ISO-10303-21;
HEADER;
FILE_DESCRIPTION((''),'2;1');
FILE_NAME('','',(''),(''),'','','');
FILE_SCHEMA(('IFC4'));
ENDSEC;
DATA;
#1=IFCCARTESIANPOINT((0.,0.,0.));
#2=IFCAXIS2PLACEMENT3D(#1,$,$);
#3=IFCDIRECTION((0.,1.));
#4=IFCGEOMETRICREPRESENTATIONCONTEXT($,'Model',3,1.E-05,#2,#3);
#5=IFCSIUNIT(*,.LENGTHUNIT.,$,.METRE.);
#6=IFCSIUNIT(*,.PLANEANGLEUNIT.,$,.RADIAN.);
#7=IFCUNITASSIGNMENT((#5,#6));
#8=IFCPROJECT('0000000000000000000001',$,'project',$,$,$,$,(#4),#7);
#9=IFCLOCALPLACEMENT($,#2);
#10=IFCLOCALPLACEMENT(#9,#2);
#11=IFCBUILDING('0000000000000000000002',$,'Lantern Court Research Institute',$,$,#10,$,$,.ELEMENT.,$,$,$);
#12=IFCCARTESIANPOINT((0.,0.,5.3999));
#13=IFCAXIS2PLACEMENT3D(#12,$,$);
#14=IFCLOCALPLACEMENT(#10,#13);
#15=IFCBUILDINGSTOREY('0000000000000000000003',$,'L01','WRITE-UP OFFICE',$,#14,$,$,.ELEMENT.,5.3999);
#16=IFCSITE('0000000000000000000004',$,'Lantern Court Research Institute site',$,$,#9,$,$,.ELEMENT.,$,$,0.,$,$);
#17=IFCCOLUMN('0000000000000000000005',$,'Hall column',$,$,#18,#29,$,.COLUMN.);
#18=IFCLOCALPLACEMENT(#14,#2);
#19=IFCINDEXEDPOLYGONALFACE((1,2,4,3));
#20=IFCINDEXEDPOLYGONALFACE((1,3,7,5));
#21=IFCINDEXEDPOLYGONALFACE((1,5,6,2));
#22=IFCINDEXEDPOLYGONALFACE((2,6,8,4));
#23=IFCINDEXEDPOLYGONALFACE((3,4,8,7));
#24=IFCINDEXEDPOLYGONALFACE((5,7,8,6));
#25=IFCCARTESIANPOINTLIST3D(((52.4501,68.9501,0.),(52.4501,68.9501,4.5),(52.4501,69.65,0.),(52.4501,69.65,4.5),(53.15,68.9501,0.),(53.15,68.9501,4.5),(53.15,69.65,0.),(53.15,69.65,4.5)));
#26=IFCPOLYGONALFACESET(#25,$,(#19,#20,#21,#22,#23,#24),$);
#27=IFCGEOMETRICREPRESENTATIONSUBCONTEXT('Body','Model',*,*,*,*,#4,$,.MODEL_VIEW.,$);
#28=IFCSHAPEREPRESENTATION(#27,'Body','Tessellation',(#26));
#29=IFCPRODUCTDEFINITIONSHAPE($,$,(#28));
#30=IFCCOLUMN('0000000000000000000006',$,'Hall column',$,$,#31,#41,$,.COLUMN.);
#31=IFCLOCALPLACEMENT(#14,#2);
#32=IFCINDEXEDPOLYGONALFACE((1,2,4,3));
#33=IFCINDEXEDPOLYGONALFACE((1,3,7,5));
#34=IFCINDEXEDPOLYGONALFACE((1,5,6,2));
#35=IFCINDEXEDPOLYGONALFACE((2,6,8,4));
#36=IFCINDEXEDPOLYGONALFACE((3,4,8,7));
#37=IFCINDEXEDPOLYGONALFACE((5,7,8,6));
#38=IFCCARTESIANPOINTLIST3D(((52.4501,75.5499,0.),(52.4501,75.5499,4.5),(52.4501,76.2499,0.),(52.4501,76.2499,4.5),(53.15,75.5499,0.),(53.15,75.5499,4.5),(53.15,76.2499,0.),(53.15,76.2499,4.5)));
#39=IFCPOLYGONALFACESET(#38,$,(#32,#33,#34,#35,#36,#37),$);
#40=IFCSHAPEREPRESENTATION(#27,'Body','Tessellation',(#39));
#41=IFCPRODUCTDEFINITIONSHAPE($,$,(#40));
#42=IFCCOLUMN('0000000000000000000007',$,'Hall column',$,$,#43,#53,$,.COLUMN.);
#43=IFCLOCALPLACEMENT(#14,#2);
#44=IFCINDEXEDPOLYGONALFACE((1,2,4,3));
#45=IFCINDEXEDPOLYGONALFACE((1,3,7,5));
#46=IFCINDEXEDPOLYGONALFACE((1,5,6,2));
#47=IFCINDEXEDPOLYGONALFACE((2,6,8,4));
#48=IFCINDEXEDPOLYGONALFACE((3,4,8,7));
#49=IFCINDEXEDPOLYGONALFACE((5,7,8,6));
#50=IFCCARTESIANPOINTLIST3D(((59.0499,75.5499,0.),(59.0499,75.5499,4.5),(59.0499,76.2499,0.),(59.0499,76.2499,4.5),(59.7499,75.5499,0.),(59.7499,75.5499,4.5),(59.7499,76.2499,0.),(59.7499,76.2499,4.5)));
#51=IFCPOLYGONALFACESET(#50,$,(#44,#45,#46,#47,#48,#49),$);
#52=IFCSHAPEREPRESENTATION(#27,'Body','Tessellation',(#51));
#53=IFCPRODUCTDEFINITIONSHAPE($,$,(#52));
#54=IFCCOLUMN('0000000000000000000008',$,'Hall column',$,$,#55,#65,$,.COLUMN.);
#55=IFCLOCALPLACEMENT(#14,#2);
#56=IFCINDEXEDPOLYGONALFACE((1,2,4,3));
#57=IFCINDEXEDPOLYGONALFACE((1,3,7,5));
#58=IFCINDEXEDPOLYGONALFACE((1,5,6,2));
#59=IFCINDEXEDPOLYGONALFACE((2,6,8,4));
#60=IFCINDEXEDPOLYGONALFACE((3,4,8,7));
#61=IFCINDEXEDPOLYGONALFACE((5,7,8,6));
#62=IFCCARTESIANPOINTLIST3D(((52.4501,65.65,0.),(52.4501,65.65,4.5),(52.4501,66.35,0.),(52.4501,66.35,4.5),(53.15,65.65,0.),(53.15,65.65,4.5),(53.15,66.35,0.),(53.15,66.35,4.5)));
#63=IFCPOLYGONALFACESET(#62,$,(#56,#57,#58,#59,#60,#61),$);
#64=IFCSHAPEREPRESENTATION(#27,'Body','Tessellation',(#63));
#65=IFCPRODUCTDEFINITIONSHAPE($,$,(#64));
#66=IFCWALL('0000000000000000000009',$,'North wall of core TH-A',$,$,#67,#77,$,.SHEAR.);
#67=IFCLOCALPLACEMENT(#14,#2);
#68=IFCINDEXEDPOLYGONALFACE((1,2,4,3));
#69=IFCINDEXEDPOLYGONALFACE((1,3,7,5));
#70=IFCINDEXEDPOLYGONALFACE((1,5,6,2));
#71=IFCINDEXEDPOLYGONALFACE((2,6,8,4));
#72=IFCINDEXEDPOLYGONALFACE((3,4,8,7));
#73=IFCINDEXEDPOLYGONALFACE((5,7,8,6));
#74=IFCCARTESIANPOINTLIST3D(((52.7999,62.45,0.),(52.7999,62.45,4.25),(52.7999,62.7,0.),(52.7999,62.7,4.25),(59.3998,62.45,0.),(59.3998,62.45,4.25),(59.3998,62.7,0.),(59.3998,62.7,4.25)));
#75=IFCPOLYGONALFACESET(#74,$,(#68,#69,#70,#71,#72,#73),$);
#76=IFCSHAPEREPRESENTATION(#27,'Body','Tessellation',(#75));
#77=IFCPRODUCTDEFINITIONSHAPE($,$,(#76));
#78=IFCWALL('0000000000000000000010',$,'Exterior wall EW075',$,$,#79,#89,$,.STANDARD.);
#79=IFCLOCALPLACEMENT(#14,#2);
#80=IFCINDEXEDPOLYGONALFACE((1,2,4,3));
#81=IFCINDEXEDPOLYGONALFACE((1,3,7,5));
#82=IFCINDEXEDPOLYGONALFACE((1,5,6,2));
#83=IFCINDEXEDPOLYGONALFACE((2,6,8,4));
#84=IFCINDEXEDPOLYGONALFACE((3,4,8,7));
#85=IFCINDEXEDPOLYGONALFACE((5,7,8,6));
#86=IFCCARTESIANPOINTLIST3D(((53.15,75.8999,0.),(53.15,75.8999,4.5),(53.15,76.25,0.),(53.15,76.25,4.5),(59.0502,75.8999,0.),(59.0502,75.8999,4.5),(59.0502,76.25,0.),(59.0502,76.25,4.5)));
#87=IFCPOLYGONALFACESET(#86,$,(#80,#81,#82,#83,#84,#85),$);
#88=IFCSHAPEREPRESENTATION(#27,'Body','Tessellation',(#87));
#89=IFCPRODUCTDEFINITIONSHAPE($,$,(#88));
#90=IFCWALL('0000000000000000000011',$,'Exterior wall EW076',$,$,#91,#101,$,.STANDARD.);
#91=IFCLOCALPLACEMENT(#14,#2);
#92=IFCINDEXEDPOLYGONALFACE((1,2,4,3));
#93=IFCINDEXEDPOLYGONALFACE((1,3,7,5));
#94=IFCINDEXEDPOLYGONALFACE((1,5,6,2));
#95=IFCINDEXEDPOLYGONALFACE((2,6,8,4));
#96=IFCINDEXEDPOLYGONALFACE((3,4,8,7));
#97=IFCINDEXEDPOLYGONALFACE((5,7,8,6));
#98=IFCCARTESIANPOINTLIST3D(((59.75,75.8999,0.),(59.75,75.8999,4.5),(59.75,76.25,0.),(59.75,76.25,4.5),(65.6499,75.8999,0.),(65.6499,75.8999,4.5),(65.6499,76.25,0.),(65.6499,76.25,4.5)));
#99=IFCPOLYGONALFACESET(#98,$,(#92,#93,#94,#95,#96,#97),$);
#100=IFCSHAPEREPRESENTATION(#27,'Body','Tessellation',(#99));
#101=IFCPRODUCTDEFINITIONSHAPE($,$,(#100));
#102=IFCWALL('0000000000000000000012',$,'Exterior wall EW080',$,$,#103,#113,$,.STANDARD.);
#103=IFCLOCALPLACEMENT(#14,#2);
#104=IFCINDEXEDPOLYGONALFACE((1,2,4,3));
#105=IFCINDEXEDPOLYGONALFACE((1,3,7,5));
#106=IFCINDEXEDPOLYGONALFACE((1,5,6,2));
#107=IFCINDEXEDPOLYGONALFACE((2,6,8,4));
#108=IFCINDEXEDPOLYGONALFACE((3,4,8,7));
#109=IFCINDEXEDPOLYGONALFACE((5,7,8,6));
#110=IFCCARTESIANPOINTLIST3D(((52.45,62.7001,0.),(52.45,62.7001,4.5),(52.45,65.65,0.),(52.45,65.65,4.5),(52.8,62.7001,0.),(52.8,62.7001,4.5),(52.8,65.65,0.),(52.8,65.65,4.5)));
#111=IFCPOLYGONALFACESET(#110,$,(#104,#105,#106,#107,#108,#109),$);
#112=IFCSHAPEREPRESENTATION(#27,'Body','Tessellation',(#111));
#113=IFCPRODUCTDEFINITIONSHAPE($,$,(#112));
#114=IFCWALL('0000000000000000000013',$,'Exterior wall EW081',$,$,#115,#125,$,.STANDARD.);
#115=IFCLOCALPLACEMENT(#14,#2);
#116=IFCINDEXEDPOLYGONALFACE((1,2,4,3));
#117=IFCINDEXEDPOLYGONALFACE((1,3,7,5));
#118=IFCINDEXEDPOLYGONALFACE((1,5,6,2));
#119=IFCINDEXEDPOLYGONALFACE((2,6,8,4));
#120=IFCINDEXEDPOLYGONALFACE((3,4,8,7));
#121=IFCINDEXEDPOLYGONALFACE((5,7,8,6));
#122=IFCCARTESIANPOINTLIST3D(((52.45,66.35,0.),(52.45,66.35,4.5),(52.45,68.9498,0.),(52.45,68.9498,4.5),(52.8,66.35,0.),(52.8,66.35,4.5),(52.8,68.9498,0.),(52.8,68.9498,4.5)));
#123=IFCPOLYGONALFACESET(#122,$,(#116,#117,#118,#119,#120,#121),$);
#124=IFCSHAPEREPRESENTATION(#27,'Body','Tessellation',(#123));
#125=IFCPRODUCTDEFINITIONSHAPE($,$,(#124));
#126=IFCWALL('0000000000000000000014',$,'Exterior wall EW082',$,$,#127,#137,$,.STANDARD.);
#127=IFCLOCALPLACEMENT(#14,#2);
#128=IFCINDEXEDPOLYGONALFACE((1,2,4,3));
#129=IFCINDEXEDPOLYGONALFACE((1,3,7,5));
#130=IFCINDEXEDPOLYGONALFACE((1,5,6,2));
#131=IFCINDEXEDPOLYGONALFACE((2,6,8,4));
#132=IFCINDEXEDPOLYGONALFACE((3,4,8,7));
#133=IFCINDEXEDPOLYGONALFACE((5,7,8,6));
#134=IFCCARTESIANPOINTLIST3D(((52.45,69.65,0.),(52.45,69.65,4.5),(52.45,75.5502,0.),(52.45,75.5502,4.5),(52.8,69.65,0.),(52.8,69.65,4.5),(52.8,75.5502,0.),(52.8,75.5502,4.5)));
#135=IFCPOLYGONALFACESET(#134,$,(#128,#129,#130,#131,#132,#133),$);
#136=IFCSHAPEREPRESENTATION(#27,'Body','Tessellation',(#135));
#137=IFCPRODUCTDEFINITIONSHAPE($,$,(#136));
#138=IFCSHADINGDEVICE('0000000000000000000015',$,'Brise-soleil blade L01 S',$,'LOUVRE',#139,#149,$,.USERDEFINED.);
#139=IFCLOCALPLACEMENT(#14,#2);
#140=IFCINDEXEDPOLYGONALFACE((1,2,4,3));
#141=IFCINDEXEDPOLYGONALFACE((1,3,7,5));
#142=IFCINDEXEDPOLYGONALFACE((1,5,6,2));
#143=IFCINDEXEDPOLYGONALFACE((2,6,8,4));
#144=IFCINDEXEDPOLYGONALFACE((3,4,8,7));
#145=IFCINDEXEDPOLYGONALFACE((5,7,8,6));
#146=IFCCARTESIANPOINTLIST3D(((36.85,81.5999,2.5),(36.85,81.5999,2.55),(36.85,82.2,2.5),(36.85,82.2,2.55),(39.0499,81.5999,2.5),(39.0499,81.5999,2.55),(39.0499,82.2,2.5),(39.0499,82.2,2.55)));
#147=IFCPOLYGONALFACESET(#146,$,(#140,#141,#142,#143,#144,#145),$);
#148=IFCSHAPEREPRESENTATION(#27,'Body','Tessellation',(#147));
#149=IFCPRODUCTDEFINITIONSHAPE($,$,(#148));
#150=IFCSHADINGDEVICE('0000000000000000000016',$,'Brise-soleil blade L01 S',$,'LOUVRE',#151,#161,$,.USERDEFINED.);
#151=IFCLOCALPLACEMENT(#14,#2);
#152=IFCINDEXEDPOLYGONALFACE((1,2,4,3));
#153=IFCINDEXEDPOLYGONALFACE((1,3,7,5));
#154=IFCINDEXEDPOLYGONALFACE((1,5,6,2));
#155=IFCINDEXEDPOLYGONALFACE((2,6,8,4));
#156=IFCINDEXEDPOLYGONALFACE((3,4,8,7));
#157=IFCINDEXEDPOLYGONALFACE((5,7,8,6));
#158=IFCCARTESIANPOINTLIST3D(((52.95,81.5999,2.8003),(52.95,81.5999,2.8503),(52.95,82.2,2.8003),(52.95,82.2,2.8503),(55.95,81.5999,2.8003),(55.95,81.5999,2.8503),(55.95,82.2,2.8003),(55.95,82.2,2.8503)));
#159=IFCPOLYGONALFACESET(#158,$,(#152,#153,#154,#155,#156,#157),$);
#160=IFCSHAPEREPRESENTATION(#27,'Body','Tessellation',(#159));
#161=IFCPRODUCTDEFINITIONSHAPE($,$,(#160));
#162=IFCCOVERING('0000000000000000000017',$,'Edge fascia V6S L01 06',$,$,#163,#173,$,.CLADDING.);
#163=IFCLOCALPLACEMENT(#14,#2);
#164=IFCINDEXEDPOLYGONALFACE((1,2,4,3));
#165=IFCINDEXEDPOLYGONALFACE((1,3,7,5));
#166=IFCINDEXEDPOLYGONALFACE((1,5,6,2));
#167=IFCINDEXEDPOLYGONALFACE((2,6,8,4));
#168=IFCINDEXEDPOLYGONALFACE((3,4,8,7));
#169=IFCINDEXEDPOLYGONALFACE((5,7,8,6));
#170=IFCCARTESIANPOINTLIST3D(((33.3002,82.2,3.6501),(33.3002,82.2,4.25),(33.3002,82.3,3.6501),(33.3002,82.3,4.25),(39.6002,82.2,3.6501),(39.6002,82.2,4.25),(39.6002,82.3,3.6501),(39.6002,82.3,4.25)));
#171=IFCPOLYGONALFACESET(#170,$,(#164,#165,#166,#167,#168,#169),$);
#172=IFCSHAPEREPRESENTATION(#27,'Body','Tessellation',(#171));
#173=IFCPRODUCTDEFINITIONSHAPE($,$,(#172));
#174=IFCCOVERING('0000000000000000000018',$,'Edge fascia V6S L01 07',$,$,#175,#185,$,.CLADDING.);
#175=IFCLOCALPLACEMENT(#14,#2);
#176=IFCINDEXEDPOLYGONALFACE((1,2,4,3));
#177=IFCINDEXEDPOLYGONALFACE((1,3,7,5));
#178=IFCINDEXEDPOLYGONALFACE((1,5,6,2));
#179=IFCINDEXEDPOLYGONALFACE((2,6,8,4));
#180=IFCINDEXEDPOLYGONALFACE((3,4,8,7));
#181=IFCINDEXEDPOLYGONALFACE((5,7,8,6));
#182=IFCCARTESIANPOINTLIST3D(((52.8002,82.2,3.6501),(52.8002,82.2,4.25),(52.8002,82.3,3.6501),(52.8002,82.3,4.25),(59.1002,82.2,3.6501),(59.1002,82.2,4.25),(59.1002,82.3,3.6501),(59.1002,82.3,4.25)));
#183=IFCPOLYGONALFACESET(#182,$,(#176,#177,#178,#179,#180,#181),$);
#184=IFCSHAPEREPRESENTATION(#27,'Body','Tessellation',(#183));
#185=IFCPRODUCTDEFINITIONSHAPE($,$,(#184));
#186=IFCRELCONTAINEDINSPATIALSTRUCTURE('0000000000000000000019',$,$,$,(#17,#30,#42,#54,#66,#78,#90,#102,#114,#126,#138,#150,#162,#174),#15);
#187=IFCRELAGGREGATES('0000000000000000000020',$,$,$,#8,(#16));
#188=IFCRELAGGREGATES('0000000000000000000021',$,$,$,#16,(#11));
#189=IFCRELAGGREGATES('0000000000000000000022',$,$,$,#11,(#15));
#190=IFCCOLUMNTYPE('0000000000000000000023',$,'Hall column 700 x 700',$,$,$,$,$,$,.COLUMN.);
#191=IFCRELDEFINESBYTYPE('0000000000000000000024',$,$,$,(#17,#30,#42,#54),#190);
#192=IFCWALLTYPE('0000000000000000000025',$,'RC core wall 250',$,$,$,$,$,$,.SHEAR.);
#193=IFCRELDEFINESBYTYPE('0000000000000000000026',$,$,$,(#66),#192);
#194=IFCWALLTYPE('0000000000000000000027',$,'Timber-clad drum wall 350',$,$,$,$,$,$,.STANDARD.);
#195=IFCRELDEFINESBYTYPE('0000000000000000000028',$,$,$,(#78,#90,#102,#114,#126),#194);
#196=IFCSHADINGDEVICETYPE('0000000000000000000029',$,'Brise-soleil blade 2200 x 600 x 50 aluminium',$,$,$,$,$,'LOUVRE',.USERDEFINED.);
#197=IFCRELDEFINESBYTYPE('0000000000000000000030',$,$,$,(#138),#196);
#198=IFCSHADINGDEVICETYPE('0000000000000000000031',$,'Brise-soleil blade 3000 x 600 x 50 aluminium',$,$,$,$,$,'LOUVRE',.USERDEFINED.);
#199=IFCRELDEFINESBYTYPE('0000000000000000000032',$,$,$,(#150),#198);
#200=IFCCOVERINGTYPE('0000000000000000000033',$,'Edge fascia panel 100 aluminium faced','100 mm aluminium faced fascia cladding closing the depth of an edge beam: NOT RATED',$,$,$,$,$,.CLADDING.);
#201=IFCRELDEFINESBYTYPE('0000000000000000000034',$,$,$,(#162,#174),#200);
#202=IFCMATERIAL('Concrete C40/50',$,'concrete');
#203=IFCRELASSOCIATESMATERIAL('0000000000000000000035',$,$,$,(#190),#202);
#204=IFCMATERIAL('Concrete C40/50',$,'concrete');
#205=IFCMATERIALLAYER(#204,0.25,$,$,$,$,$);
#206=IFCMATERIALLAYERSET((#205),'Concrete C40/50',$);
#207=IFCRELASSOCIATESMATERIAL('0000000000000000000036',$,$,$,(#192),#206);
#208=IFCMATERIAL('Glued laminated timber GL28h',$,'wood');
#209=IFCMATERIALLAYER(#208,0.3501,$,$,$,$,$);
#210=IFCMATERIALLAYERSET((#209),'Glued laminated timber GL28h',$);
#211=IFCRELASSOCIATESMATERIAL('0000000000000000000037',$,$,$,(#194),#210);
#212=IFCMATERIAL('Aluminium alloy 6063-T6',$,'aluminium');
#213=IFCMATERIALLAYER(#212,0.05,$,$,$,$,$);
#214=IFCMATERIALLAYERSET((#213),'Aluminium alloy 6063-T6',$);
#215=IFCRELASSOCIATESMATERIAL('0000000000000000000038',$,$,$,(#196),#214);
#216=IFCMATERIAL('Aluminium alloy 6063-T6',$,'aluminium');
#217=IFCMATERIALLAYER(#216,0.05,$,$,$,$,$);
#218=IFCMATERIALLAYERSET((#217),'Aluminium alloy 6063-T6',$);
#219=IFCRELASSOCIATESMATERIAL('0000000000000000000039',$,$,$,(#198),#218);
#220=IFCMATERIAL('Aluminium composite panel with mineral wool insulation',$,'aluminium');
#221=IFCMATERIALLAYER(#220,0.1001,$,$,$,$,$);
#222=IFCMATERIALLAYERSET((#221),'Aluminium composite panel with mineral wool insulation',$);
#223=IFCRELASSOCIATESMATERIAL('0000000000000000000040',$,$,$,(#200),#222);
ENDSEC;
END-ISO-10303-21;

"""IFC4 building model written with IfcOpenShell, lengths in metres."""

from ifc_helpers import new_model, si_unit, direction, frame, frame_2d, origin, origin_2d, place, context, subcontext, project, spatial, rectangle, extrude, material, layer, layer_set, material_profile, profile_set, type_object, element, save


model = new_model("IFC4")

# Units and contexts
model_context = context("Model", 3, precision=1e-05, world=origin(), true_north=direction((0.0, 1.0)))
body_context = subcontext(model_context, "Body", "Model", "MODEL_VIEW")
ifc_project = project(units=[si_unit("LENGTHUNIT", "METRE"), si_unit("PLANEANGLEUNIT", "RADIAN")], contexts=[model_context])

# Site, building, storey
site_placement = place(None, origin())
site = spatial("IfcSite", under=ifc_project, at=site_placement, Name="Lantern Court Research Institute site", CompositionType="ELEMENT", RefElevation=0.0)
building_placement = place(site_placement, origin())
building = spatial("IfcBuilding", under=site, at=building_placement, Name="Lantern Court Research Institute", CompositionType="ELEMENT")
storey_placement = place(building_placement, frame((0.0, 0.0, 5.3999)))
storey = spatial("IfcBuildingStorey", under=building, at=storey_placement, Name="L01", Description="WRITE-UP OFFICE", CompositionType="ELEMENT", Elevation=5.3999)

# Columns
ifc_material_1 = material(Name="Concrete C40/50", Category="concrete")
ifc_material_profile = material_profile(ifc_material_1, rectangle(XDim=0.7, YDim=0.7, at=origin_2d()), Name="Hall column 700 x 700")
ifc_profile_set = profile_set([ifc_material_profile], Name="Concrete C40/50")
column_type = type_object("IfcColumnType", Name="Hall column 700 x 700", PredefinedType="COLUMN", material=ifc_profile_set)
for number, where, z_axis, x_axis, name in (
    (1, (52.8, 69.3, 0.0), (0.0, 0.0, 1.0), (1.0, 0.0, 0.0), "Hall column"),
    (2, (52.8, 75.8999, 0.0), (0.0, 0.0, 1.0), (1.0, 0.0, 0.0), "Hall column"),
    (3, (59.3999, 75.8999, 0.0), (0.0, 0.0, 1.0), (1.0, 0.0, 0.0), "Hall column"),
    (4, (52.8, 66.0, 0.0), (0.0, 0.0, 1.0), (1.0, 0.0, 0.0), "Hall column"),
):
    element("IfcColumn", number, at=place(storey_placement, frame(where, z_axis=z_axis, x_axis=x_axis)), inside=storey, type_object=column_type, Name=name, PredefinedType="COLUMN", context=body_context, shape_type="SweptSolid", body=[
        extrude(rectangle(XDim=0.7, YDim=0.7, at=origin_2d()), origin(), (0.0, 0.0, 1.0), 4.5),
    ])

# Walls
ifc_material_2 = material(Name="Concrete C40/50", Category="concrete")
ifc_layer_1 = layer(ifc_material_2, 0.25)
ifc_layer_set_1 = layer_set([ifc_layer_1], Name="Concrete C40/50")
wall_type_1 = type_object("IfcWallType", Name="RC core wall 250", PredefinedType="SHEAR", material=ifc_layer_set_1)
wall_1_placement = place(storey_placement, frame((52.8, 62.575, 0.0), z_axis=(0.0, 0.0, 1.0), x_axis=(1.0, 0.0, 0.0)))
element("IfcWall", 5, at=wall_1_placement, inside=storey, type_object=wall_type_1, Name="North wall of core TH-A", PredefinedType="SHEAR", context=body_context, shape_type="SweptSolid", body=[
    extrude(rectangle(XDim=6.5999, YDim=0.25, at=frame_2d((3.2998, 0.0))), origin(), (0.0, 0.0, 1.0), 4.25),
])
ifc_material_3 = material(Name="Glued laminated timber GL28h", Category="wood")
ifc_layer_2 = layer(ifc_material_3, 0.3501)
ifc_layer_set_2 = layer_set([ifc_layer_2], Name="Glued laminated timber GL28h")
wall_type_2 = type_object("IfcWallType", Name="Timber-clad drum wall 350", PredefinedType="STANDARD", material=ifc_layer_set_2)
wall_2_placement = place(storey_placement, frame((53.1499, 76.075, 0.0), z_axis=(0.0, 0.0, 1.0), x_axis=(1.0, 0.0, 0.0)))
element("IfcWall", 6, at=wall_2_placement, inside=storey, type_object=wall_type_2, Name="Exterior wall EW075", PredefinedType="STANDARD", context=body_context, shape_type="SweptSolid", body=[
    extrude(rectangle(XDim=5.9001, YDim=0.3501, at=frame_2d((2.9502, 0.0))), origin(), (0.0, 0.0, 1.0), 4.5),
])
wall_3_placement = place(storey_placement, frame((59.75, 76.075, 0.0), z_axis=(0.0, 0.0, 1.0), x_axis=(1.0, 0.0, 0.0)))
element("IfcWall", 7, at=wall_3_placement, inside=storey, type_object=wall_type_2, Name="Exterior wall EW076", PredefinedType="STANDARD", context=body_context, shape_type="SweptSolid", body=[
    extrude(rectangle(XDim=5.8999, YDim=0.3501, at=frame_2d((2.95, 0.0))), origin(), (0.0, 0.0, 1.0), 4.5),
])
wall_4_placement = place(storey_placement, frame((52.625, 62.7, 0.0), z_axis=(0.0, 0.0, 1.0), x_axis=(0.0, 1.0, 0.0)))
element("IfcWall", 8, at=wall_4_placement, inside=storey, type_object=wall_type_2, Name="Exterior wall EW080", PredefinedType="STANDARD", context=body_context, shape_type="SweptSolid", body=[
    extrude(rectangle(XDim=2.95, YDim=0.3501, at=frame_2d((1.4751, 0.0))), origin(), (0.0, 0.0, 1.0), 4.5),
])
wall_5_placement = place(storey_placement, frame((52.625, 66.3501, 0.0), z_axis=(0.0, 0.0, 1.0), x_axis=(0.0, 1.0, 0.0)))
element("IfcWall", 9, at=wall_5_placement, inside=storey, type_object=wall_type_2, Name="Exterior wall EW081", PredefinedType="STANDARD", context=body_context, shape_type="SweptSolid", body=[
    extrude(rectangle(XDim=2.5999, YDim=0.3501, at=frame_2d((1.2998, 0.0))), origin(), (0.0, 0.0, 1.0), 4.5),
])
wall_6_placement = place(storey_placement, frame((52.625, 69.6499, 0.0), z_axis=(0.0, 0.0, 1.0), x_axis=(0.0, 1.0, 0.0)))
element("IfcWall", 10, at=wall_6_placement, inside=storey, type_object=wall_type_2, Name="Exterior wall EW082", PredefinedType="STANDARD", context=body_context, shape_type="SweptSolid", body=[
    extrude(rectangle(XDim=5.9001, YDim=0.3501, at=frame_2d((2.9502, 0.0))), origin(), (0.0, 0.0, 1.0), 4.5),
])

# Shading devices
ifc_material_4 = material(Name="Aluminium alloy 6063-T6", Category="aluminium")
ifc_layer_3 = layer(ifc_material_4, 0.05)
ifc_layer_set_3 = layer_set([ifc_layer_3], Name="Aluminium alloy 6063-T6")
shading_device_type_1 = type_object("IfcShadingDeviceType", Name="Brise-soleil blade 2200 x 600 x 50 aluminium", ElementType="LOUVRE", PredefinedType="USERDEFINED", material=ifc_layer_set_3)
shading_device_1_placement = place(storey_placement, frame((37.95, 81.8999, 2.5), z_axis=(0.0, 0.0, 1.0), x_axis=(-1.0, 0.0, 0.0)))
element("IfcShadingDevice", 11, at=shading_device_1_placement, inside=storey, type_object=shading_device_type_1, Name="Brise-soleil blade L01 S", ObjectType="LOUVRE", PredefinedType="USERDEFINED", context=body_context, shape_type="SweptSolid", body=[
    extrude(rectangle(XDim=2.2, YDim=0.6001, at=origin_2d()), origin(), (0.0, 0.0, 1.0), 0.05),
])
ifc_material_5 = material(Name="Aluminium alloy 6063-T6", Category="aluminium")
ifc_layer_4 = layer(ifc_material_5, 0.05)
ifc_layer_set_4 = layer_set([ifc_layer_4], Name="Aluminium alloy 6063-T6")
shading_device_type_2 = type_object("IfcShadingDeviceType", Name="Brise-soleil blade 3000 x 600 x 50 aluminium", ElementType="LOUVRE", PredefinedType="USERDEFINED", material=ifc_layer_set_4)
shading_device_2_placement = place(storey_placement, frame((54.45, 81.8999, 2.8003), z_axis=(0.0, 0.0, 1.0), x_axis=(-1.0, 0.0, 0.0)))
element("IfcShadingDevice", 12, at=shading_device_2_placement, inside=storey, type_object=shading_device_type_2, Name="Brise-soleil blade L01 S", ObjectType="LOUVRE", PredefinedType="USERDEFINED", context=body_context, shape_type="SweptSolid", body=[
    extrude(rectangle(XDim=3.0, YDim=0.6001, at=origin_2d()), origin(), (0.0, 0.0, 1.0), 0.05),
])

# Coverings
ifc_material_6 = material(Name="Aluminium composite panel with mineral wool insulation", Category="aluminium")
ifc_layer_5 = layer(ifc_material_6, 0.1001)
ifc_layer_set_5 = layer_set([ifc_layer_5], Name="Aluminium composite panel with mineral wool insulation")
covering_type_1 = type_object("IfcCoveringType", Name="Edge fascia panel 100 aluminium faced", Description="100 mm aluminium faced fascia cladding closing the depth of an edge beam: NOT RATED", PredefinedType="CLADDING", material=ifc_layer_set_5)
for number, where, z_axis, x_axis, name in (
    (13, (39.6001, 82.25, 3.6501), (0.0, 0.0, 1.0), (-1.0, 0.0, 0.0), "Edge fascia V6S L01 06"),
    (14, (59.1001, 82.25, 3.6501), (0.0, 0.0, 1.0), (-1.0, 0.0, 0.0), "Edge fascia V6S L01 07"),
):
    element("IfcCovering", number, at=place(storey_placement, frame(where, z_axis=z_axis, x_axis=x_axis)), inside=storey, type_object=covering_type_1, Name=name, PredefinedType="CLADDING", context=body_context, shape_type="SweptSolid", body=[
        extrude(rectangle(XDim=6.3, YDim=0.1001, at=frame_2d((3.1499, 0.0))), origin(), (0.0, 0.0, 1.0), 0.5999),
    ])

save(model, "model.ifc")
